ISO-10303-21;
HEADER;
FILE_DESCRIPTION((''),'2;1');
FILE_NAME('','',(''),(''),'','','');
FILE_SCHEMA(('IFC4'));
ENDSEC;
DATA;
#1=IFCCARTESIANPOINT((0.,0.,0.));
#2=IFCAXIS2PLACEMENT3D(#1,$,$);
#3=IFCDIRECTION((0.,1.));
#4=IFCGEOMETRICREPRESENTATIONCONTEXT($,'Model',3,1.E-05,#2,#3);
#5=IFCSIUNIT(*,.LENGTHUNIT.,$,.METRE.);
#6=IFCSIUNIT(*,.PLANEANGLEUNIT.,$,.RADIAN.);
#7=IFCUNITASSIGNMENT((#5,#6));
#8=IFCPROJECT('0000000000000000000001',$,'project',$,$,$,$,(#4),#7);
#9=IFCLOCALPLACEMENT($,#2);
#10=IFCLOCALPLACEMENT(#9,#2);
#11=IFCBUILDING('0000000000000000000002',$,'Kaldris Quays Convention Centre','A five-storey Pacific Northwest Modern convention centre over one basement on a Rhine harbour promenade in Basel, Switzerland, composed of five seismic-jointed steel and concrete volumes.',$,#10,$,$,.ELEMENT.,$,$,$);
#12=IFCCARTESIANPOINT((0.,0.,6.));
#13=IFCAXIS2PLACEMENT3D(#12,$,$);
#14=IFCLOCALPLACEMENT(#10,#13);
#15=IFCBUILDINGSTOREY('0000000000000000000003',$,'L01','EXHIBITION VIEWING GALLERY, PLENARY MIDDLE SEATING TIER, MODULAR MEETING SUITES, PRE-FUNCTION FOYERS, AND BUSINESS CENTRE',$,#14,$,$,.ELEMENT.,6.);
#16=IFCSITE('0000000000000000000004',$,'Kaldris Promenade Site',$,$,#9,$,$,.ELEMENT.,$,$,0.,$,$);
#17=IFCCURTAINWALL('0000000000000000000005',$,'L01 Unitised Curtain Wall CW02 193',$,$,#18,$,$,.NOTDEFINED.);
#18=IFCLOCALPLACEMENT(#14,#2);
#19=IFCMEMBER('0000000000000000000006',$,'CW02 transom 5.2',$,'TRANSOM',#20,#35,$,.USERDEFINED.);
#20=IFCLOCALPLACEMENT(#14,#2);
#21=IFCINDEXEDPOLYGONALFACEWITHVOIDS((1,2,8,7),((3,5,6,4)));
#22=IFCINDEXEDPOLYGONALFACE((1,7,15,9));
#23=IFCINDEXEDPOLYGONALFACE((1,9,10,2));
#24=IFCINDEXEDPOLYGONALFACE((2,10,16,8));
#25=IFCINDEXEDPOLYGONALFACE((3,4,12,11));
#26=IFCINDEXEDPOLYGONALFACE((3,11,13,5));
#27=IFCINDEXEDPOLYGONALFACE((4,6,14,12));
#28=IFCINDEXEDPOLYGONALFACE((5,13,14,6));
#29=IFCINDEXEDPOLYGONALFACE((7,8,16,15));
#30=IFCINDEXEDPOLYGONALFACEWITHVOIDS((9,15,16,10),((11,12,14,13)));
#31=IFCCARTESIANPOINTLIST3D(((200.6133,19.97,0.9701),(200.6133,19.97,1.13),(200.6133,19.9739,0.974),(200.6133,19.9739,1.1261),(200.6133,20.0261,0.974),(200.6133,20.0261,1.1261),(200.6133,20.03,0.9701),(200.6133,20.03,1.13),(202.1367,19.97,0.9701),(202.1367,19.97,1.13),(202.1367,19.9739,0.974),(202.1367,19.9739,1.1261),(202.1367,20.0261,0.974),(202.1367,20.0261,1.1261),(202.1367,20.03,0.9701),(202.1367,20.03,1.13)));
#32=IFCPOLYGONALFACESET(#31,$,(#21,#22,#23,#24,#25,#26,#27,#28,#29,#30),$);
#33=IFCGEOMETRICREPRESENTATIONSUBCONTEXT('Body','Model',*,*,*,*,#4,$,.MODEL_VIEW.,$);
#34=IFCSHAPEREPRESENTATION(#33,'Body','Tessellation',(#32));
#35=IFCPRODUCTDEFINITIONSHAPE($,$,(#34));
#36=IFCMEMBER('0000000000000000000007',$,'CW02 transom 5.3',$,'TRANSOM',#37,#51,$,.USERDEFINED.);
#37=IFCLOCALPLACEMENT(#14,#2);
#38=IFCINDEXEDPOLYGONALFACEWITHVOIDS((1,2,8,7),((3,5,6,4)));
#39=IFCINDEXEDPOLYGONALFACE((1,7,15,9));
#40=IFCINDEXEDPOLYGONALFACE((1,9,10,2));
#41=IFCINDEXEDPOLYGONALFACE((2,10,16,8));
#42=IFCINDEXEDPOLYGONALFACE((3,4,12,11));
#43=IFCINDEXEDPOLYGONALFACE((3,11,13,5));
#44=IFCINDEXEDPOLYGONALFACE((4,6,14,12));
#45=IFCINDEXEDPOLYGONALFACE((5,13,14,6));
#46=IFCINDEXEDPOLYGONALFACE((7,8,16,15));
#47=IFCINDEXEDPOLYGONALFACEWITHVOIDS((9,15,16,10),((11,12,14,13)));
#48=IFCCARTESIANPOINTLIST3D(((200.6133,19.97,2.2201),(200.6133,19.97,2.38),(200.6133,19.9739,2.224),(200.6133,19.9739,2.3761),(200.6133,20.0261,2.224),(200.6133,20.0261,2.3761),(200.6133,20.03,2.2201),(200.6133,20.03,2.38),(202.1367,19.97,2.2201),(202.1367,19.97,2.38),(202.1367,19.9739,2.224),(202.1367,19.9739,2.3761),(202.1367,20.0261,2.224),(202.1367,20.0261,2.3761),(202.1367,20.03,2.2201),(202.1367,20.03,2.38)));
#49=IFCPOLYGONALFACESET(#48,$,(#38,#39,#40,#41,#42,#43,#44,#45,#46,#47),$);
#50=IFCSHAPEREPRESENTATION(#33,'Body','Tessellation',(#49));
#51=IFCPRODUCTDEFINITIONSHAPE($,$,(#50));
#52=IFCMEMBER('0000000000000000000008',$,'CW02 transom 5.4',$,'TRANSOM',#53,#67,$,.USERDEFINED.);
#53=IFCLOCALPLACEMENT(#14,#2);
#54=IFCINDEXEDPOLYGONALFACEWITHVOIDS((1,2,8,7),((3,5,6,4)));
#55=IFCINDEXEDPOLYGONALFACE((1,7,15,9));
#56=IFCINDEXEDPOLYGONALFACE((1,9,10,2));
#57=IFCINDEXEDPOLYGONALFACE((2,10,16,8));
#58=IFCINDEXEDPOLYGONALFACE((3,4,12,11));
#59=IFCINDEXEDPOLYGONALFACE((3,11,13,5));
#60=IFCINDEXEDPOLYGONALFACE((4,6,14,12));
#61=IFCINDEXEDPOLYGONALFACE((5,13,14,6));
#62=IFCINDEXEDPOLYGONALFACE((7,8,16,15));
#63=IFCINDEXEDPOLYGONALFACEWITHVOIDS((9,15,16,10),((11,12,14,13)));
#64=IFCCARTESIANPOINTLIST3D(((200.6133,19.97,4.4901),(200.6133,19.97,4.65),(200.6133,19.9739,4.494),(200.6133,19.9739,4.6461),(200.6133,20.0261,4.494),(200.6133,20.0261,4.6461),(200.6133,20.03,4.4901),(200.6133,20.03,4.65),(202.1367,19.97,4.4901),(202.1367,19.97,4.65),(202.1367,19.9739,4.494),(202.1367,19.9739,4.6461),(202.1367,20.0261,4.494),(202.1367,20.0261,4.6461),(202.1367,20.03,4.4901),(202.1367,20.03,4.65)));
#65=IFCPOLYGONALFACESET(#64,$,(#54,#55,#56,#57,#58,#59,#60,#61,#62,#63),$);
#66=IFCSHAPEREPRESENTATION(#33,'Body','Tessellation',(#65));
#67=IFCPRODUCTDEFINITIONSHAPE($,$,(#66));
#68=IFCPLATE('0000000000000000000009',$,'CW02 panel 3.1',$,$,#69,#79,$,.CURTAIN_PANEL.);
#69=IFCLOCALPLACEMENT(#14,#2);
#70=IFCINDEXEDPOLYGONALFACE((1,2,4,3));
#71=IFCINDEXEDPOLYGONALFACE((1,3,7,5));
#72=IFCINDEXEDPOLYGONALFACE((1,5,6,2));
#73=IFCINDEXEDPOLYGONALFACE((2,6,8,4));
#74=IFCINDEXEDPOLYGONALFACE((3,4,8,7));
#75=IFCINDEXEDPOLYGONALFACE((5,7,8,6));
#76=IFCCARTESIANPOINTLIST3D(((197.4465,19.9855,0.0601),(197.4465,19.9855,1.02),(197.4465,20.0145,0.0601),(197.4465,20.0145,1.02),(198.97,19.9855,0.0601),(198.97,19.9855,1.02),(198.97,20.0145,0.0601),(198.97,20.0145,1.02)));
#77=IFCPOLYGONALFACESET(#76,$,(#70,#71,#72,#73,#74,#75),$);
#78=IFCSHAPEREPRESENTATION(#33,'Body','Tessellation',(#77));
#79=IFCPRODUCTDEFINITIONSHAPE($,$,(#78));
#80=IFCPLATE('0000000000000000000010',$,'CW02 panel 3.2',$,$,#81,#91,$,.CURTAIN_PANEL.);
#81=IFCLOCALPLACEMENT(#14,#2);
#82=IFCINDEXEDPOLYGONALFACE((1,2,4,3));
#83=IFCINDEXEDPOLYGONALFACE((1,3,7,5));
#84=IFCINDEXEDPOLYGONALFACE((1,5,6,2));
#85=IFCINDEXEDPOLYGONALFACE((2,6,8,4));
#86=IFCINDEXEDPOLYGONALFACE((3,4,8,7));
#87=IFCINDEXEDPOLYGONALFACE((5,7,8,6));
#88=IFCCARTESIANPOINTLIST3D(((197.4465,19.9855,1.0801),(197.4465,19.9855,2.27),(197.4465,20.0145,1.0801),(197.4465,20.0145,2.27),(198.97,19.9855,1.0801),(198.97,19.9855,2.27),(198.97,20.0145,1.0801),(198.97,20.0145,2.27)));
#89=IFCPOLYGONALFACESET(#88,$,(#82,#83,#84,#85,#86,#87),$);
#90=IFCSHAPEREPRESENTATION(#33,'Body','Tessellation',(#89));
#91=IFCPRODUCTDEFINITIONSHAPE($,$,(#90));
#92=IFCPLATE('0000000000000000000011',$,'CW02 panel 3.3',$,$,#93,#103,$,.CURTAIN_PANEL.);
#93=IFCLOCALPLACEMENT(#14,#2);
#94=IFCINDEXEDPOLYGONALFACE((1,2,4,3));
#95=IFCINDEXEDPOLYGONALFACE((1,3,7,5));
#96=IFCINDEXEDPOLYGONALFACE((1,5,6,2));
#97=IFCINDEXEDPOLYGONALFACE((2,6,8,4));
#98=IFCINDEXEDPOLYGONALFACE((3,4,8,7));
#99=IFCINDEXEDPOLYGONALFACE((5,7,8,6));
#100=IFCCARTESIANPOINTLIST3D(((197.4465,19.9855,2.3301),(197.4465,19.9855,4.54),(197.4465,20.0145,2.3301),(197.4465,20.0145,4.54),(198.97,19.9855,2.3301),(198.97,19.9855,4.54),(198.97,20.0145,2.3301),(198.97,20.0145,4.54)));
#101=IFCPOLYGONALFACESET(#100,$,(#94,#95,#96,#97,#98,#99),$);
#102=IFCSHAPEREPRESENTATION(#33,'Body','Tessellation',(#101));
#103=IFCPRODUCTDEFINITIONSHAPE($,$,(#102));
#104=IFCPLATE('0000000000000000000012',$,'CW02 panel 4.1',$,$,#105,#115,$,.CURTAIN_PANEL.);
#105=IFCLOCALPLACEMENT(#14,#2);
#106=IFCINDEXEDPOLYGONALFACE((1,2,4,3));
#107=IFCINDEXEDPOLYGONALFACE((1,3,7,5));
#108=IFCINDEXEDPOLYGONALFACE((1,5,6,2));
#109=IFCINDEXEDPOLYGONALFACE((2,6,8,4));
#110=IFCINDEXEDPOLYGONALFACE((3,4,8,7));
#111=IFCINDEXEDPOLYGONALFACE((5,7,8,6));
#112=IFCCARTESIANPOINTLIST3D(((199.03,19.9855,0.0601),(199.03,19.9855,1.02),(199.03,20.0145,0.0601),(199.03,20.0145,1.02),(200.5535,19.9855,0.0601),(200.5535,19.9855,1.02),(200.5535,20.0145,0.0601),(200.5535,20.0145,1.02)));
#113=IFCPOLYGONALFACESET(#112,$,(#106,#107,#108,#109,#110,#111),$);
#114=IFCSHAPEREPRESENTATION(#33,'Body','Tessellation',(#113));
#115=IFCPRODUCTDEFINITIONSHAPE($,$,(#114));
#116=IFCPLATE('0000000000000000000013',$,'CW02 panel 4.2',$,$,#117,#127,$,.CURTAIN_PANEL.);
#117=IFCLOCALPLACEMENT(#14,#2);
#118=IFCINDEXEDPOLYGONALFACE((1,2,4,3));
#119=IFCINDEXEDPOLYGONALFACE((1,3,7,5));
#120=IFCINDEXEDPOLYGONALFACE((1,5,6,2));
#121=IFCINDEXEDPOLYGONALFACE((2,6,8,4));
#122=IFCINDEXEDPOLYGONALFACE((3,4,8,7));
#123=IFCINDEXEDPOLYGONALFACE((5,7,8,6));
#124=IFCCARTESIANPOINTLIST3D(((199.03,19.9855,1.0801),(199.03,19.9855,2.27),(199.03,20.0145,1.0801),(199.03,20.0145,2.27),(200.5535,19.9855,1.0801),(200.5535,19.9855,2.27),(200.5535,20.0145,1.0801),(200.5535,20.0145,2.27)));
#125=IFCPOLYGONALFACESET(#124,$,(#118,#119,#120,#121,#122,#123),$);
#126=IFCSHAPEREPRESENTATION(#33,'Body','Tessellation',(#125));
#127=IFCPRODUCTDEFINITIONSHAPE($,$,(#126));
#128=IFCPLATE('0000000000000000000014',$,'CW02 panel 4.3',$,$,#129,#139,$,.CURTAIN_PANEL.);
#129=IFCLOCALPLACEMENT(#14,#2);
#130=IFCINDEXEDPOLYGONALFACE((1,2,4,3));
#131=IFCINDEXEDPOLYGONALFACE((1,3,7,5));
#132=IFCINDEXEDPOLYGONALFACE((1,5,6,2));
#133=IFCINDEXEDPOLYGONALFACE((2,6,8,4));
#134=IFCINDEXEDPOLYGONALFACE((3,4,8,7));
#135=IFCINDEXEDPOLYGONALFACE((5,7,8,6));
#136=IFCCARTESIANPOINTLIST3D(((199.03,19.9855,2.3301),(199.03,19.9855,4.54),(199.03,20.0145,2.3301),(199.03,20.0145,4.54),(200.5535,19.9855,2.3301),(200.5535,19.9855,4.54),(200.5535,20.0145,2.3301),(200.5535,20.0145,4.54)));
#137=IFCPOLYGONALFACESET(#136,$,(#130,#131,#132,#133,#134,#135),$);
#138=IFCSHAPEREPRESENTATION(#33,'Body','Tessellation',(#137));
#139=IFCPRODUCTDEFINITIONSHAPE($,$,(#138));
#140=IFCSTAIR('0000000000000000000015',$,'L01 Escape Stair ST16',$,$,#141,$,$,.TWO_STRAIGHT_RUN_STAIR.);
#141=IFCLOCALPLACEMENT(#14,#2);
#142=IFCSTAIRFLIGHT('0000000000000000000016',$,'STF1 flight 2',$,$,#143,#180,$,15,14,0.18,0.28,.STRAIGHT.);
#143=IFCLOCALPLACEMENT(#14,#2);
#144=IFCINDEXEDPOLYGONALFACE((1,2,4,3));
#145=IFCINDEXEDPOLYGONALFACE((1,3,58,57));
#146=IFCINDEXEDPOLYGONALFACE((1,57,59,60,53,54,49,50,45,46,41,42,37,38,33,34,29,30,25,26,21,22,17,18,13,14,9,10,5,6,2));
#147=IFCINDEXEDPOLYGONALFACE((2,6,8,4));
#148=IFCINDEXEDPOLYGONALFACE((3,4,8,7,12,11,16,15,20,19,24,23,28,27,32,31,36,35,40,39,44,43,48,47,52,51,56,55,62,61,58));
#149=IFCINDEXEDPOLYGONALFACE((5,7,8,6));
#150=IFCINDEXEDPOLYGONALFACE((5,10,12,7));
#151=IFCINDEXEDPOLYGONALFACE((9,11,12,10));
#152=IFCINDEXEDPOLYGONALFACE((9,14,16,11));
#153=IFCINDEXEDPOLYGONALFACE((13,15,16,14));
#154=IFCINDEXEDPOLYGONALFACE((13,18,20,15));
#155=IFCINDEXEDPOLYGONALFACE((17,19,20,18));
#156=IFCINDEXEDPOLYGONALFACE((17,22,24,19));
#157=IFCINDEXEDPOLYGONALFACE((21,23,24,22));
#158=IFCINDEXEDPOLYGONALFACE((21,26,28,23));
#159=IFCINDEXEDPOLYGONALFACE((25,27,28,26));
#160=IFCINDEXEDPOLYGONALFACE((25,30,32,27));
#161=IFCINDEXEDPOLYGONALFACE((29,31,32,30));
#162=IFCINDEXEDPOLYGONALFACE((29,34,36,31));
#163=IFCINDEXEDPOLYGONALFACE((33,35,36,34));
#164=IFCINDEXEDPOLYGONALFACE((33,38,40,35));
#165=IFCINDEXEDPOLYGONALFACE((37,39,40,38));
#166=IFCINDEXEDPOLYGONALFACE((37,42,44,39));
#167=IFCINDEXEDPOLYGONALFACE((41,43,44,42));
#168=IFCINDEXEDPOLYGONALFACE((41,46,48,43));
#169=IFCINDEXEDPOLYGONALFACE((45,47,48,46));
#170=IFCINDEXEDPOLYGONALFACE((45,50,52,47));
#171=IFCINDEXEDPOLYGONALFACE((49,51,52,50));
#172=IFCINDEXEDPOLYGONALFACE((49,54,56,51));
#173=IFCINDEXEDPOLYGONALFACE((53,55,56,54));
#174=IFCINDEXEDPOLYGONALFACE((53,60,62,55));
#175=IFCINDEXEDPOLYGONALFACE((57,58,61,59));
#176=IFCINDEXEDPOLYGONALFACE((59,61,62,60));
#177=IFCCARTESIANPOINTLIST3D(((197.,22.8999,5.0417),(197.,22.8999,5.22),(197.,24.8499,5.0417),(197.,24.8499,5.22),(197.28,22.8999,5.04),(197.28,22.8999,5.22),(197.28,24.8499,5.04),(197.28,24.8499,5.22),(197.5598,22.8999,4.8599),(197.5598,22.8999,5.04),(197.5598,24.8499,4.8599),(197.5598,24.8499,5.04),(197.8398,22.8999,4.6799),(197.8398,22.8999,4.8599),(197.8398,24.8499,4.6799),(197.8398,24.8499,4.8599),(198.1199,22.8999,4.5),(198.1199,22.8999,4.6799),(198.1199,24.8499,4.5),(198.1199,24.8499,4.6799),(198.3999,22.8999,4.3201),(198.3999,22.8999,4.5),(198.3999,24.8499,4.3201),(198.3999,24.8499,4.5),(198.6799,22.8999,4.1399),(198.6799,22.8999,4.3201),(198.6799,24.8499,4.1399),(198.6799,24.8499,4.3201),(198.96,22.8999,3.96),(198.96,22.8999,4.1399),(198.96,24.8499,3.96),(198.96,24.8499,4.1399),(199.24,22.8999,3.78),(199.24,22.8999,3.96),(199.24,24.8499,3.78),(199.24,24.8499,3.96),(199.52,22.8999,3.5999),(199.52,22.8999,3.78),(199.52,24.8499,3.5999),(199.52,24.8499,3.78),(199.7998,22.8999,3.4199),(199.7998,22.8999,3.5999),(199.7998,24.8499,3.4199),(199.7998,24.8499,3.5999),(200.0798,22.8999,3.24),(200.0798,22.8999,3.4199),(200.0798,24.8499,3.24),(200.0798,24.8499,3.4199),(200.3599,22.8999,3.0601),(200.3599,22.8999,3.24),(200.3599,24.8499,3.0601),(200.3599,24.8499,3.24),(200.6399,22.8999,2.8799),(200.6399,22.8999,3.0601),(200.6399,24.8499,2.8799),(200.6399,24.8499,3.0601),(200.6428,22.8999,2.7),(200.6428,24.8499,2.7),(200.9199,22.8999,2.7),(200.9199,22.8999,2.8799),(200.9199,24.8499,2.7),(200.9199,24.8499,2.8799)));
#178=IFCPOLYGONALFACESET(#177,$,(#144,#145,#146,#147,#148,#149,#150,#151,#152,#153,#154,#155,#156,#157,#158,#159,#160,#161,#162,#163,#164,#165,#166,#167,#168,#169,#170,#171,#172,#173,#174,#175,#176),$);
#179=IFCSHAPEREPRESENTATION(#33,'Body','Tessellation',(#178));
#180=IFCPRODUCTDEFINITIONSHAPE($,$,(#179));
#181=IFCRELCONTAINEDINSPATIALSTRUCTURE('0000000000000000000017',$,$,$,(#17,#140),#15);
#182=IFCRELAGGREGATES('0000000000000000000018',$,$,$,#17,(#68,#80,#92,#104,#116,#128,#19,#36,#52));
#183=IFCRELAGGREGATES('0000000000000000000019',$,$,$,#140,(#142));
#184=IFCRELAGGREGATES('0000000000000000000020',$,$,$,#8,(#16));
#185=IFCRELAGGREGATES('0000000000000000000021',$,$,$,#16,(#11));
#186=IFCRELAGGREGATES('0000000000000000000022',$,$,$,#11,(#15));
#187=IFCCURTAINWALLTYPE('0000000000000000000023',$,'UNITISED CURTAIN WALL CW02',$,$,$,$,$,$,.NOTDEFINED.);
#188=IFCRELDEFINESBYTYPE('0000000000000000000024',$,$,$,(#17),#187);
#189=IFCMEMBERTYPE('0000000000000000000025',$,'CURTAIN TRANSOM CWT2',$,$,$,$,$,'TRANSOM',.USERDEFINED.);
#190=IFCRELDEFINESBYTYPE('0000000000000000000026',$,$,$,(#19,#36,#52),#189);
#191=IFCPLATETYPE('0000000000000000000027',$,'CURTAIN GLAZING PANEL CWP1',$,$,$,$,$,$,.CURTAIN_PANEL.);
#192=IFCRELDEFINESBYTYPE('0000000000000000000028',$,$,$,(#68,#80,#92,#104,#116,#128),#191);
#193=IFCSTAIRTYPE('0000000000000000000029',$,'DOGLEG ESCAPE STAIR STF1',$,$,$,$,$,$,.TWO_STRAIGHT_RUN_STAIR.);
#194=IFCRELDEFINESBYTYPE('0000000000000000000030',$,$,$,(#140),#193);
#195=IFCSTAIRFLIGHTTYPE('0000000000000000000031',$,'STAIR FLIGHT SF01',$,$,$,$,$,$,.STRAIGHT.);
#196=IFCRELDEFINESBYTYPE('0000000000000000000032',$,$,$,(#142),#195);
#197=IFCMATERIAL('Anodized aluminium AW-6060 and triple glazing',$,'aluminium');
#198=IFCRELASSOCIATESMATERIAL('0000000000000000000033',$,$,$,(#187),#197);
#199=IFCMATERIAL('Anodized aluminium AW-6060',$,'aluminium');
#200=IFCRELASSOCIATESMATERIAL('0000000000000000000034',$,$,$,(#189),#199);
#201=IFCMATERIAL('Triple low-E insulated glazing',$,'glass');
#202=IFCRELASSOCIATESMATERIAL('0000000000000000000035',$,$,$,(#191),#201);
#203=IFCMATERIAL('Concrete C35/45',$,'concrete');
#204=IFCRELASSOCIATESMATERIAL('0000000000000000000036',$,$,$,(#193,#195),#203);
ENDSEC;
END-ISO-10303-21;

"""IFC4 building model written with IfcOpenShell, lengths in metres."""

from ifc_helpers import new_model, si_unit, direction, frame, origin, origin_2d, place, context, subcontext, project, spatial, polyline, rectangle, hollow_rectangle, outline, extrude, material, material_profile, profile_set, type_object, element, aggregate, save


model = new_model("IFC4")

# Units and contexts
model_context = context("Model", 3, precision=1e-05, world=origin(), true_north=direction((0.0, 1.0)))
body_context = subcontext(model_context, "Body", "Model", "MODEL_VIEW")
ifc_project = project(units=[si_unit("LENGTHUNIT", "METRE"), si_unit("PLANEANGLEUNIT", "RADIAN")], contexts=[model_context])

# Site, building, storey
site_placement = place(None, origin())
site = spatial("IfcSite", under=ifc_project, at=site_placement, Name="Kaldris Promenade Site", CompositionType="ELEMENT", RefElevation=0.0)
building_placement = place(site_placement, origin())
building = spatial("IfcBuilding", under=site, at=building_placement, Name="Kaldris Quays Convention Centre", Description="A five-storey Pacific Northwest Modern convention centre over one basement on a Rhine harbour promenade in Basel, Switzerland, composed of five seismic-jointed steel and concrete volumes.", CompositionType="ELEMENT")
storey_placement = place(building_placement, frame((0.0, 0.0, 6.0)))
storey = spatial("IfcBuildingStorey", under=building, at=storey_placement, Name="L01", Description="EXHIBITION VIEWING GALLERY, PLENARY MIDDLE SEATING TIER, MODULAR MEETING SUITES, PRE-FUNCTION FOYERS, AND BUSINESS CENTRE", CompositionType="ELEMENT", Elevation=6.0)

# Curtain wall, members, plates
ifc_material_1 = material(Name="Anodized aluminium AW-6060 and triple glazing", Category="aluminium")
curtain_wall_type = type_object("IfcCurtainWallType", Name="UNITISED CURTAIN WALL CW02", PredefinedType="NOTDEFINED", material=ifc_material_1)
curtain_wall_placement = place(storey_placement, origin())
curtain_wall = element("IfcCurtainWall", 1, at=curtain_wall_placement, inside=storey, type_object=curtain_wall_type, Name="L01 Unitised Curtain Wall CW02 193", PredefinedType="NOTDEFINED")
ifc_material_2 = material(Name="Anodized aluminium AW-6060", Category="aluminium")
ifc_material_profile_1 = material_profile(ifc_material_2, hollow_rectangle(XDim=0.0601, YDim=0.1599, WallThickness=0.0039, at=origin_2d()), Name="RHS 160x60x4")
ifc_profile_set_1 = profile_set([ifc_material_profile_1], Name="Anodized aluminium AW-6060")
member_type_1 = type_object("IfcMemberType", Name="CURTAIN TRANSOM CWT2", ElementType="TRANSOM", PredefinedType="USERDEFINED", material=ifc_profile_set_1)
member_1_placement = place(storey_placement, frame((200.6133, 20.0, 1.05), z_axis=(1.0, 0.0, 0.0), x_axis=(0.0, 1.0, 0.0)))
member_1 = element("IfcMember", 2, at=member_1_placement, type_object=member_type_1, Name="CW02 transom 5.2", ObjectType="TRANSOM", PredefinedType="USERDEFINED", context=body_context, shape_type="SweptSolid", body=[
    extrude(hollow_rectangle(XDim=0.0601, YDim=0.1599, WallThickness=0.0039, at=origin_2d()), origin(), (0.0, 0.0, 1.0), 1.5234),
])
member_2_placement = place(storey_placement, frame((200.6133, 20.0, 2.3), z_axis=(1.0, 0.0, 0.0), x_axis=(0.0, 1.0, 0.0)))
member_2 = element("IfcMember", 3, at=member_2_placement, type_object=member_type_1, Name="CW02 transom 5.3", ObjectType="TRANSOM", PredefinedType="USERDEFINED", context=body_context, shape_type="SweptSolid", body=[
    extrude(hollow_rectangle(XDim=0.0601, YDim=0.1599, WallThickness=0.0039, at=origin_2d()), origin(), (0.0, 0.0, 1.0), 1.5234),
])
member_3_placement = place(storey_placement, frame((200.6133, 20.0, 4.5701), z_axis=(1.0, 0.0, 0.0), x_axis=(0.0, 1.0, 0.0)))
member_3 = element("IfcMember", 4, at=member_3_placement, type_object=member_type_1, Name="CW02 transom 5.4", ObjectType="TRANSOM", PredefinedType="USERDEFINED", context=body_context, shape_type="SweptSolid", body=[
    extrude(hollow_rectangle(XDim=0.0601, YDim=0.1599, WallThickness=0.0039, at=origin_2d()), origin(), (0.0, 0.0, 1.0), 1.5234),
])
ifc_material_3 = material(Name="Triple low-E insulated glazing", Category="glass")
plate_type = type_object("IfcPlateType", Name="CURTAIN GLAZING PANEL CWP1", PredefinedType="CURTAIN_PANEL", material=ifc_material_3)
plate_1_placement = place(storey_placement, frame((198.2083, 20.0, 0.0601), z_axis=(0.0, 0.0, 1.0), x_axis=(1.0, 0.0, 0.0)))
plate_1 = element("IfcPlate", 5, at=plate_1_placement, type_object=plate_type, Name="CW02 panel 3.1", PredefinedType="CURTAIN_PANEL", context=body_context, shape_type="SweptSolid", body=[
    extrude(rectangle(XDim=1.5234, YDim=0.0291, at=origin_2d()), origin(), (0.0, 0.0, 1.0), 0.96),
])
plate_2_placement = place(storey_placement, frame((198.2083, 20.0, 1.0801), z_axis=(0.0, 0.0, 1.0), x_axis=(1.0, 0.0, 0.0)))
plate_2 = element("IfcPlate", 6, at=plate_2_placement, type_object=plate_type, Name="CW02 panel 3.2", PredefinedType="CURTAIN_PANEL", context=body_context, shape_type="SweptSolid", body=[
    extrude(rectangle(XDim=1.5234, YDim=0.0291, at=origin_2d()), origin(), (0.0, 0.0, 1.0), 1.1899),
])
plate_3_placement = place(storey_placement, frame((198.2083, 20.0, 2.3301), z_axis=(0.0, 0.0, 1.0), x_axis=(1.0, 0.0, 0.0)))
plate_3 = element("IfcPlate", 7, at=plate_3_placement, type_object=plate_type, Name="CW02 panel 3.3", PredefinedType="CURTAIN_PANEL", context=body_context, shape_type="SweptSolid", body=[
    extrude(rectangle(XDim=1.5234, YDim=0.0291, at=origin_2d()), origin(), (0.0, 0.0, 1.0), 2.21),
])
plate_4_placement = place(storey_placement, frame((199.7917, 20.0, 0.0601), z_axis=(0.0, 0.0, 1.0), x_axis=(1.0, 0.0, 0.0)))
plate_4 = element("IfcPlate", 8, at=plate_4_placement, type_object=plate_type, Name="CW02 panel 4.1", PredefinedType="CURTAIN_PANEL", context=body_context, shape_type="SweptSolid", body=[
    extrude(rectangle(XDim=1.5234, YDim=0.0291, at=origin_2d()), origin(), (0.0, 0.0, 1.0), 0.96),
])
plate_5_placement = place(storey_placement, frame((199.7917, 20.0, 1.0801), z_axis=(0.0, 0.0, 1.0), x_axis=(1.0, 0.0, 0.0)))
plate_5 = element("IfcPlate", 9, at=plate_5_placement, type_object=plate_type, Name="CW02 panel 4.2", PredefinedType="CURTAIN_PANEL", context=body_context, shape_type="SweptSolid", body=[
    extrude(rectangle(XDim=1.5234, YDim=0.0291, at=origin_2d()), origin(), (0.0, 0.0, 1.0), 1.1899),
])
plate_6_placement = place(storey_placement, frame((199.7917, 20.0, 2.3301), z_axis=(0.0, 0.0, 1.0), x_axis=(1.0, 0.0, 0.0)))
plate_6 = element("IfcPlate", 10, at=plate_6_placement, type_object=plate_type, Name="CW02 panel 4.3", PredefinedType="CURTAIN_PANEL", context=body_context, shape_type="SweptSolid", body=[
    extrude(rectangle(XDim=1.5234, YDim=0.0291, at=origin_2d()), origin(), (0.0, 0.0, 1.0), 2.21),
])
aggregate(curtain_wall, [plate_1, plate_2, plate_3, plate_4, plate_5, plate_6, member_1, member_2, member_3])

# Stair, stair flight
ifc_material_4 = material(Name="Concrete C35/45", Category="concrete")
stair_type = type_object("IfcStairType", Name="DOGLEG ESCAPE STAIR STF1", PredefinedType="TWO_STRAIGHT_RUN_STAIR", material=ifc_material_4)
stair_placement = place(storey_placement, origin())
stair = element("IfcStair", 11, at=stair_placement, inside=storey, type_object=stair_type, Name="L01 Escape Stair ST16", PredefinedType="TWO_STRAIGHT_RUN_STAIR")
stair_flight_type = type_object("IfcStairFlightType", Name="STAIR FLIGHT SF01", PredefinedType="STRAIGHT", material=ifc_material_4)
stair_flight_placement = place(storey_placement, frame((200.9199, 23.875, 2.7), z_axis=(0.0, 0.0, 1.0), x_axis=(-1.0, 0.0, 0.0)))
stair_flight = element("IfcStairFlight", 12, at=stair_flight_placement, type_object=stair_flight_type, Name="STF1 flight 2", NumberOfRisers=15, NumberOfTreads=14, PredefinedType="STRAIGHT", RiserHeight=0.18, TreadLength=0.28, context=body_context, shape_type="SweptSolid", body=[
    extrude(outline(polyline([(0.0, 0.0), (0.0, 0.1799), (0.28, 0.1799), (0.28, 0.3601), (0.5601, 0.3601), (0.5601, 0.54), (0.8401, 0.54), (0.8401, 0.72), (1.1201, 0.72), (1.1201, 0.8999), (1.3999, 0.8999), (1.3999, 1.0801), (1.6799, 1.0801), (1.6799, 1.26), (1.96, 1.26), (1.96, 1.4399), (2.24, 1.4399), (2.24, 1.6201), (2.52, 1.6201), (2.52, 1.8), (2.8, 1.8), (2.8, 1.98), (3.0801, 1.98), (3.0801, 2.1599), (3.3601, 2.1599), (3.3601, 2.3401), (3.6399, 2.3401), (3.6399, 2.52), (3.9199, 2.52), (3.9199, 2.7), (3.9199, 2.3418), (0.2771, 0.0), (0.0, 0.0)])), frame((0.0, 0.9751, 0.0), z_axis=(0.0, -1.0, 0.0), x_axis=(1.0, 0.0, 0.0)), (0.0, 0.0, 1.0), 1.95),
])
aggregate(stair, [stair_flight])

save(model, "model.ifc")
